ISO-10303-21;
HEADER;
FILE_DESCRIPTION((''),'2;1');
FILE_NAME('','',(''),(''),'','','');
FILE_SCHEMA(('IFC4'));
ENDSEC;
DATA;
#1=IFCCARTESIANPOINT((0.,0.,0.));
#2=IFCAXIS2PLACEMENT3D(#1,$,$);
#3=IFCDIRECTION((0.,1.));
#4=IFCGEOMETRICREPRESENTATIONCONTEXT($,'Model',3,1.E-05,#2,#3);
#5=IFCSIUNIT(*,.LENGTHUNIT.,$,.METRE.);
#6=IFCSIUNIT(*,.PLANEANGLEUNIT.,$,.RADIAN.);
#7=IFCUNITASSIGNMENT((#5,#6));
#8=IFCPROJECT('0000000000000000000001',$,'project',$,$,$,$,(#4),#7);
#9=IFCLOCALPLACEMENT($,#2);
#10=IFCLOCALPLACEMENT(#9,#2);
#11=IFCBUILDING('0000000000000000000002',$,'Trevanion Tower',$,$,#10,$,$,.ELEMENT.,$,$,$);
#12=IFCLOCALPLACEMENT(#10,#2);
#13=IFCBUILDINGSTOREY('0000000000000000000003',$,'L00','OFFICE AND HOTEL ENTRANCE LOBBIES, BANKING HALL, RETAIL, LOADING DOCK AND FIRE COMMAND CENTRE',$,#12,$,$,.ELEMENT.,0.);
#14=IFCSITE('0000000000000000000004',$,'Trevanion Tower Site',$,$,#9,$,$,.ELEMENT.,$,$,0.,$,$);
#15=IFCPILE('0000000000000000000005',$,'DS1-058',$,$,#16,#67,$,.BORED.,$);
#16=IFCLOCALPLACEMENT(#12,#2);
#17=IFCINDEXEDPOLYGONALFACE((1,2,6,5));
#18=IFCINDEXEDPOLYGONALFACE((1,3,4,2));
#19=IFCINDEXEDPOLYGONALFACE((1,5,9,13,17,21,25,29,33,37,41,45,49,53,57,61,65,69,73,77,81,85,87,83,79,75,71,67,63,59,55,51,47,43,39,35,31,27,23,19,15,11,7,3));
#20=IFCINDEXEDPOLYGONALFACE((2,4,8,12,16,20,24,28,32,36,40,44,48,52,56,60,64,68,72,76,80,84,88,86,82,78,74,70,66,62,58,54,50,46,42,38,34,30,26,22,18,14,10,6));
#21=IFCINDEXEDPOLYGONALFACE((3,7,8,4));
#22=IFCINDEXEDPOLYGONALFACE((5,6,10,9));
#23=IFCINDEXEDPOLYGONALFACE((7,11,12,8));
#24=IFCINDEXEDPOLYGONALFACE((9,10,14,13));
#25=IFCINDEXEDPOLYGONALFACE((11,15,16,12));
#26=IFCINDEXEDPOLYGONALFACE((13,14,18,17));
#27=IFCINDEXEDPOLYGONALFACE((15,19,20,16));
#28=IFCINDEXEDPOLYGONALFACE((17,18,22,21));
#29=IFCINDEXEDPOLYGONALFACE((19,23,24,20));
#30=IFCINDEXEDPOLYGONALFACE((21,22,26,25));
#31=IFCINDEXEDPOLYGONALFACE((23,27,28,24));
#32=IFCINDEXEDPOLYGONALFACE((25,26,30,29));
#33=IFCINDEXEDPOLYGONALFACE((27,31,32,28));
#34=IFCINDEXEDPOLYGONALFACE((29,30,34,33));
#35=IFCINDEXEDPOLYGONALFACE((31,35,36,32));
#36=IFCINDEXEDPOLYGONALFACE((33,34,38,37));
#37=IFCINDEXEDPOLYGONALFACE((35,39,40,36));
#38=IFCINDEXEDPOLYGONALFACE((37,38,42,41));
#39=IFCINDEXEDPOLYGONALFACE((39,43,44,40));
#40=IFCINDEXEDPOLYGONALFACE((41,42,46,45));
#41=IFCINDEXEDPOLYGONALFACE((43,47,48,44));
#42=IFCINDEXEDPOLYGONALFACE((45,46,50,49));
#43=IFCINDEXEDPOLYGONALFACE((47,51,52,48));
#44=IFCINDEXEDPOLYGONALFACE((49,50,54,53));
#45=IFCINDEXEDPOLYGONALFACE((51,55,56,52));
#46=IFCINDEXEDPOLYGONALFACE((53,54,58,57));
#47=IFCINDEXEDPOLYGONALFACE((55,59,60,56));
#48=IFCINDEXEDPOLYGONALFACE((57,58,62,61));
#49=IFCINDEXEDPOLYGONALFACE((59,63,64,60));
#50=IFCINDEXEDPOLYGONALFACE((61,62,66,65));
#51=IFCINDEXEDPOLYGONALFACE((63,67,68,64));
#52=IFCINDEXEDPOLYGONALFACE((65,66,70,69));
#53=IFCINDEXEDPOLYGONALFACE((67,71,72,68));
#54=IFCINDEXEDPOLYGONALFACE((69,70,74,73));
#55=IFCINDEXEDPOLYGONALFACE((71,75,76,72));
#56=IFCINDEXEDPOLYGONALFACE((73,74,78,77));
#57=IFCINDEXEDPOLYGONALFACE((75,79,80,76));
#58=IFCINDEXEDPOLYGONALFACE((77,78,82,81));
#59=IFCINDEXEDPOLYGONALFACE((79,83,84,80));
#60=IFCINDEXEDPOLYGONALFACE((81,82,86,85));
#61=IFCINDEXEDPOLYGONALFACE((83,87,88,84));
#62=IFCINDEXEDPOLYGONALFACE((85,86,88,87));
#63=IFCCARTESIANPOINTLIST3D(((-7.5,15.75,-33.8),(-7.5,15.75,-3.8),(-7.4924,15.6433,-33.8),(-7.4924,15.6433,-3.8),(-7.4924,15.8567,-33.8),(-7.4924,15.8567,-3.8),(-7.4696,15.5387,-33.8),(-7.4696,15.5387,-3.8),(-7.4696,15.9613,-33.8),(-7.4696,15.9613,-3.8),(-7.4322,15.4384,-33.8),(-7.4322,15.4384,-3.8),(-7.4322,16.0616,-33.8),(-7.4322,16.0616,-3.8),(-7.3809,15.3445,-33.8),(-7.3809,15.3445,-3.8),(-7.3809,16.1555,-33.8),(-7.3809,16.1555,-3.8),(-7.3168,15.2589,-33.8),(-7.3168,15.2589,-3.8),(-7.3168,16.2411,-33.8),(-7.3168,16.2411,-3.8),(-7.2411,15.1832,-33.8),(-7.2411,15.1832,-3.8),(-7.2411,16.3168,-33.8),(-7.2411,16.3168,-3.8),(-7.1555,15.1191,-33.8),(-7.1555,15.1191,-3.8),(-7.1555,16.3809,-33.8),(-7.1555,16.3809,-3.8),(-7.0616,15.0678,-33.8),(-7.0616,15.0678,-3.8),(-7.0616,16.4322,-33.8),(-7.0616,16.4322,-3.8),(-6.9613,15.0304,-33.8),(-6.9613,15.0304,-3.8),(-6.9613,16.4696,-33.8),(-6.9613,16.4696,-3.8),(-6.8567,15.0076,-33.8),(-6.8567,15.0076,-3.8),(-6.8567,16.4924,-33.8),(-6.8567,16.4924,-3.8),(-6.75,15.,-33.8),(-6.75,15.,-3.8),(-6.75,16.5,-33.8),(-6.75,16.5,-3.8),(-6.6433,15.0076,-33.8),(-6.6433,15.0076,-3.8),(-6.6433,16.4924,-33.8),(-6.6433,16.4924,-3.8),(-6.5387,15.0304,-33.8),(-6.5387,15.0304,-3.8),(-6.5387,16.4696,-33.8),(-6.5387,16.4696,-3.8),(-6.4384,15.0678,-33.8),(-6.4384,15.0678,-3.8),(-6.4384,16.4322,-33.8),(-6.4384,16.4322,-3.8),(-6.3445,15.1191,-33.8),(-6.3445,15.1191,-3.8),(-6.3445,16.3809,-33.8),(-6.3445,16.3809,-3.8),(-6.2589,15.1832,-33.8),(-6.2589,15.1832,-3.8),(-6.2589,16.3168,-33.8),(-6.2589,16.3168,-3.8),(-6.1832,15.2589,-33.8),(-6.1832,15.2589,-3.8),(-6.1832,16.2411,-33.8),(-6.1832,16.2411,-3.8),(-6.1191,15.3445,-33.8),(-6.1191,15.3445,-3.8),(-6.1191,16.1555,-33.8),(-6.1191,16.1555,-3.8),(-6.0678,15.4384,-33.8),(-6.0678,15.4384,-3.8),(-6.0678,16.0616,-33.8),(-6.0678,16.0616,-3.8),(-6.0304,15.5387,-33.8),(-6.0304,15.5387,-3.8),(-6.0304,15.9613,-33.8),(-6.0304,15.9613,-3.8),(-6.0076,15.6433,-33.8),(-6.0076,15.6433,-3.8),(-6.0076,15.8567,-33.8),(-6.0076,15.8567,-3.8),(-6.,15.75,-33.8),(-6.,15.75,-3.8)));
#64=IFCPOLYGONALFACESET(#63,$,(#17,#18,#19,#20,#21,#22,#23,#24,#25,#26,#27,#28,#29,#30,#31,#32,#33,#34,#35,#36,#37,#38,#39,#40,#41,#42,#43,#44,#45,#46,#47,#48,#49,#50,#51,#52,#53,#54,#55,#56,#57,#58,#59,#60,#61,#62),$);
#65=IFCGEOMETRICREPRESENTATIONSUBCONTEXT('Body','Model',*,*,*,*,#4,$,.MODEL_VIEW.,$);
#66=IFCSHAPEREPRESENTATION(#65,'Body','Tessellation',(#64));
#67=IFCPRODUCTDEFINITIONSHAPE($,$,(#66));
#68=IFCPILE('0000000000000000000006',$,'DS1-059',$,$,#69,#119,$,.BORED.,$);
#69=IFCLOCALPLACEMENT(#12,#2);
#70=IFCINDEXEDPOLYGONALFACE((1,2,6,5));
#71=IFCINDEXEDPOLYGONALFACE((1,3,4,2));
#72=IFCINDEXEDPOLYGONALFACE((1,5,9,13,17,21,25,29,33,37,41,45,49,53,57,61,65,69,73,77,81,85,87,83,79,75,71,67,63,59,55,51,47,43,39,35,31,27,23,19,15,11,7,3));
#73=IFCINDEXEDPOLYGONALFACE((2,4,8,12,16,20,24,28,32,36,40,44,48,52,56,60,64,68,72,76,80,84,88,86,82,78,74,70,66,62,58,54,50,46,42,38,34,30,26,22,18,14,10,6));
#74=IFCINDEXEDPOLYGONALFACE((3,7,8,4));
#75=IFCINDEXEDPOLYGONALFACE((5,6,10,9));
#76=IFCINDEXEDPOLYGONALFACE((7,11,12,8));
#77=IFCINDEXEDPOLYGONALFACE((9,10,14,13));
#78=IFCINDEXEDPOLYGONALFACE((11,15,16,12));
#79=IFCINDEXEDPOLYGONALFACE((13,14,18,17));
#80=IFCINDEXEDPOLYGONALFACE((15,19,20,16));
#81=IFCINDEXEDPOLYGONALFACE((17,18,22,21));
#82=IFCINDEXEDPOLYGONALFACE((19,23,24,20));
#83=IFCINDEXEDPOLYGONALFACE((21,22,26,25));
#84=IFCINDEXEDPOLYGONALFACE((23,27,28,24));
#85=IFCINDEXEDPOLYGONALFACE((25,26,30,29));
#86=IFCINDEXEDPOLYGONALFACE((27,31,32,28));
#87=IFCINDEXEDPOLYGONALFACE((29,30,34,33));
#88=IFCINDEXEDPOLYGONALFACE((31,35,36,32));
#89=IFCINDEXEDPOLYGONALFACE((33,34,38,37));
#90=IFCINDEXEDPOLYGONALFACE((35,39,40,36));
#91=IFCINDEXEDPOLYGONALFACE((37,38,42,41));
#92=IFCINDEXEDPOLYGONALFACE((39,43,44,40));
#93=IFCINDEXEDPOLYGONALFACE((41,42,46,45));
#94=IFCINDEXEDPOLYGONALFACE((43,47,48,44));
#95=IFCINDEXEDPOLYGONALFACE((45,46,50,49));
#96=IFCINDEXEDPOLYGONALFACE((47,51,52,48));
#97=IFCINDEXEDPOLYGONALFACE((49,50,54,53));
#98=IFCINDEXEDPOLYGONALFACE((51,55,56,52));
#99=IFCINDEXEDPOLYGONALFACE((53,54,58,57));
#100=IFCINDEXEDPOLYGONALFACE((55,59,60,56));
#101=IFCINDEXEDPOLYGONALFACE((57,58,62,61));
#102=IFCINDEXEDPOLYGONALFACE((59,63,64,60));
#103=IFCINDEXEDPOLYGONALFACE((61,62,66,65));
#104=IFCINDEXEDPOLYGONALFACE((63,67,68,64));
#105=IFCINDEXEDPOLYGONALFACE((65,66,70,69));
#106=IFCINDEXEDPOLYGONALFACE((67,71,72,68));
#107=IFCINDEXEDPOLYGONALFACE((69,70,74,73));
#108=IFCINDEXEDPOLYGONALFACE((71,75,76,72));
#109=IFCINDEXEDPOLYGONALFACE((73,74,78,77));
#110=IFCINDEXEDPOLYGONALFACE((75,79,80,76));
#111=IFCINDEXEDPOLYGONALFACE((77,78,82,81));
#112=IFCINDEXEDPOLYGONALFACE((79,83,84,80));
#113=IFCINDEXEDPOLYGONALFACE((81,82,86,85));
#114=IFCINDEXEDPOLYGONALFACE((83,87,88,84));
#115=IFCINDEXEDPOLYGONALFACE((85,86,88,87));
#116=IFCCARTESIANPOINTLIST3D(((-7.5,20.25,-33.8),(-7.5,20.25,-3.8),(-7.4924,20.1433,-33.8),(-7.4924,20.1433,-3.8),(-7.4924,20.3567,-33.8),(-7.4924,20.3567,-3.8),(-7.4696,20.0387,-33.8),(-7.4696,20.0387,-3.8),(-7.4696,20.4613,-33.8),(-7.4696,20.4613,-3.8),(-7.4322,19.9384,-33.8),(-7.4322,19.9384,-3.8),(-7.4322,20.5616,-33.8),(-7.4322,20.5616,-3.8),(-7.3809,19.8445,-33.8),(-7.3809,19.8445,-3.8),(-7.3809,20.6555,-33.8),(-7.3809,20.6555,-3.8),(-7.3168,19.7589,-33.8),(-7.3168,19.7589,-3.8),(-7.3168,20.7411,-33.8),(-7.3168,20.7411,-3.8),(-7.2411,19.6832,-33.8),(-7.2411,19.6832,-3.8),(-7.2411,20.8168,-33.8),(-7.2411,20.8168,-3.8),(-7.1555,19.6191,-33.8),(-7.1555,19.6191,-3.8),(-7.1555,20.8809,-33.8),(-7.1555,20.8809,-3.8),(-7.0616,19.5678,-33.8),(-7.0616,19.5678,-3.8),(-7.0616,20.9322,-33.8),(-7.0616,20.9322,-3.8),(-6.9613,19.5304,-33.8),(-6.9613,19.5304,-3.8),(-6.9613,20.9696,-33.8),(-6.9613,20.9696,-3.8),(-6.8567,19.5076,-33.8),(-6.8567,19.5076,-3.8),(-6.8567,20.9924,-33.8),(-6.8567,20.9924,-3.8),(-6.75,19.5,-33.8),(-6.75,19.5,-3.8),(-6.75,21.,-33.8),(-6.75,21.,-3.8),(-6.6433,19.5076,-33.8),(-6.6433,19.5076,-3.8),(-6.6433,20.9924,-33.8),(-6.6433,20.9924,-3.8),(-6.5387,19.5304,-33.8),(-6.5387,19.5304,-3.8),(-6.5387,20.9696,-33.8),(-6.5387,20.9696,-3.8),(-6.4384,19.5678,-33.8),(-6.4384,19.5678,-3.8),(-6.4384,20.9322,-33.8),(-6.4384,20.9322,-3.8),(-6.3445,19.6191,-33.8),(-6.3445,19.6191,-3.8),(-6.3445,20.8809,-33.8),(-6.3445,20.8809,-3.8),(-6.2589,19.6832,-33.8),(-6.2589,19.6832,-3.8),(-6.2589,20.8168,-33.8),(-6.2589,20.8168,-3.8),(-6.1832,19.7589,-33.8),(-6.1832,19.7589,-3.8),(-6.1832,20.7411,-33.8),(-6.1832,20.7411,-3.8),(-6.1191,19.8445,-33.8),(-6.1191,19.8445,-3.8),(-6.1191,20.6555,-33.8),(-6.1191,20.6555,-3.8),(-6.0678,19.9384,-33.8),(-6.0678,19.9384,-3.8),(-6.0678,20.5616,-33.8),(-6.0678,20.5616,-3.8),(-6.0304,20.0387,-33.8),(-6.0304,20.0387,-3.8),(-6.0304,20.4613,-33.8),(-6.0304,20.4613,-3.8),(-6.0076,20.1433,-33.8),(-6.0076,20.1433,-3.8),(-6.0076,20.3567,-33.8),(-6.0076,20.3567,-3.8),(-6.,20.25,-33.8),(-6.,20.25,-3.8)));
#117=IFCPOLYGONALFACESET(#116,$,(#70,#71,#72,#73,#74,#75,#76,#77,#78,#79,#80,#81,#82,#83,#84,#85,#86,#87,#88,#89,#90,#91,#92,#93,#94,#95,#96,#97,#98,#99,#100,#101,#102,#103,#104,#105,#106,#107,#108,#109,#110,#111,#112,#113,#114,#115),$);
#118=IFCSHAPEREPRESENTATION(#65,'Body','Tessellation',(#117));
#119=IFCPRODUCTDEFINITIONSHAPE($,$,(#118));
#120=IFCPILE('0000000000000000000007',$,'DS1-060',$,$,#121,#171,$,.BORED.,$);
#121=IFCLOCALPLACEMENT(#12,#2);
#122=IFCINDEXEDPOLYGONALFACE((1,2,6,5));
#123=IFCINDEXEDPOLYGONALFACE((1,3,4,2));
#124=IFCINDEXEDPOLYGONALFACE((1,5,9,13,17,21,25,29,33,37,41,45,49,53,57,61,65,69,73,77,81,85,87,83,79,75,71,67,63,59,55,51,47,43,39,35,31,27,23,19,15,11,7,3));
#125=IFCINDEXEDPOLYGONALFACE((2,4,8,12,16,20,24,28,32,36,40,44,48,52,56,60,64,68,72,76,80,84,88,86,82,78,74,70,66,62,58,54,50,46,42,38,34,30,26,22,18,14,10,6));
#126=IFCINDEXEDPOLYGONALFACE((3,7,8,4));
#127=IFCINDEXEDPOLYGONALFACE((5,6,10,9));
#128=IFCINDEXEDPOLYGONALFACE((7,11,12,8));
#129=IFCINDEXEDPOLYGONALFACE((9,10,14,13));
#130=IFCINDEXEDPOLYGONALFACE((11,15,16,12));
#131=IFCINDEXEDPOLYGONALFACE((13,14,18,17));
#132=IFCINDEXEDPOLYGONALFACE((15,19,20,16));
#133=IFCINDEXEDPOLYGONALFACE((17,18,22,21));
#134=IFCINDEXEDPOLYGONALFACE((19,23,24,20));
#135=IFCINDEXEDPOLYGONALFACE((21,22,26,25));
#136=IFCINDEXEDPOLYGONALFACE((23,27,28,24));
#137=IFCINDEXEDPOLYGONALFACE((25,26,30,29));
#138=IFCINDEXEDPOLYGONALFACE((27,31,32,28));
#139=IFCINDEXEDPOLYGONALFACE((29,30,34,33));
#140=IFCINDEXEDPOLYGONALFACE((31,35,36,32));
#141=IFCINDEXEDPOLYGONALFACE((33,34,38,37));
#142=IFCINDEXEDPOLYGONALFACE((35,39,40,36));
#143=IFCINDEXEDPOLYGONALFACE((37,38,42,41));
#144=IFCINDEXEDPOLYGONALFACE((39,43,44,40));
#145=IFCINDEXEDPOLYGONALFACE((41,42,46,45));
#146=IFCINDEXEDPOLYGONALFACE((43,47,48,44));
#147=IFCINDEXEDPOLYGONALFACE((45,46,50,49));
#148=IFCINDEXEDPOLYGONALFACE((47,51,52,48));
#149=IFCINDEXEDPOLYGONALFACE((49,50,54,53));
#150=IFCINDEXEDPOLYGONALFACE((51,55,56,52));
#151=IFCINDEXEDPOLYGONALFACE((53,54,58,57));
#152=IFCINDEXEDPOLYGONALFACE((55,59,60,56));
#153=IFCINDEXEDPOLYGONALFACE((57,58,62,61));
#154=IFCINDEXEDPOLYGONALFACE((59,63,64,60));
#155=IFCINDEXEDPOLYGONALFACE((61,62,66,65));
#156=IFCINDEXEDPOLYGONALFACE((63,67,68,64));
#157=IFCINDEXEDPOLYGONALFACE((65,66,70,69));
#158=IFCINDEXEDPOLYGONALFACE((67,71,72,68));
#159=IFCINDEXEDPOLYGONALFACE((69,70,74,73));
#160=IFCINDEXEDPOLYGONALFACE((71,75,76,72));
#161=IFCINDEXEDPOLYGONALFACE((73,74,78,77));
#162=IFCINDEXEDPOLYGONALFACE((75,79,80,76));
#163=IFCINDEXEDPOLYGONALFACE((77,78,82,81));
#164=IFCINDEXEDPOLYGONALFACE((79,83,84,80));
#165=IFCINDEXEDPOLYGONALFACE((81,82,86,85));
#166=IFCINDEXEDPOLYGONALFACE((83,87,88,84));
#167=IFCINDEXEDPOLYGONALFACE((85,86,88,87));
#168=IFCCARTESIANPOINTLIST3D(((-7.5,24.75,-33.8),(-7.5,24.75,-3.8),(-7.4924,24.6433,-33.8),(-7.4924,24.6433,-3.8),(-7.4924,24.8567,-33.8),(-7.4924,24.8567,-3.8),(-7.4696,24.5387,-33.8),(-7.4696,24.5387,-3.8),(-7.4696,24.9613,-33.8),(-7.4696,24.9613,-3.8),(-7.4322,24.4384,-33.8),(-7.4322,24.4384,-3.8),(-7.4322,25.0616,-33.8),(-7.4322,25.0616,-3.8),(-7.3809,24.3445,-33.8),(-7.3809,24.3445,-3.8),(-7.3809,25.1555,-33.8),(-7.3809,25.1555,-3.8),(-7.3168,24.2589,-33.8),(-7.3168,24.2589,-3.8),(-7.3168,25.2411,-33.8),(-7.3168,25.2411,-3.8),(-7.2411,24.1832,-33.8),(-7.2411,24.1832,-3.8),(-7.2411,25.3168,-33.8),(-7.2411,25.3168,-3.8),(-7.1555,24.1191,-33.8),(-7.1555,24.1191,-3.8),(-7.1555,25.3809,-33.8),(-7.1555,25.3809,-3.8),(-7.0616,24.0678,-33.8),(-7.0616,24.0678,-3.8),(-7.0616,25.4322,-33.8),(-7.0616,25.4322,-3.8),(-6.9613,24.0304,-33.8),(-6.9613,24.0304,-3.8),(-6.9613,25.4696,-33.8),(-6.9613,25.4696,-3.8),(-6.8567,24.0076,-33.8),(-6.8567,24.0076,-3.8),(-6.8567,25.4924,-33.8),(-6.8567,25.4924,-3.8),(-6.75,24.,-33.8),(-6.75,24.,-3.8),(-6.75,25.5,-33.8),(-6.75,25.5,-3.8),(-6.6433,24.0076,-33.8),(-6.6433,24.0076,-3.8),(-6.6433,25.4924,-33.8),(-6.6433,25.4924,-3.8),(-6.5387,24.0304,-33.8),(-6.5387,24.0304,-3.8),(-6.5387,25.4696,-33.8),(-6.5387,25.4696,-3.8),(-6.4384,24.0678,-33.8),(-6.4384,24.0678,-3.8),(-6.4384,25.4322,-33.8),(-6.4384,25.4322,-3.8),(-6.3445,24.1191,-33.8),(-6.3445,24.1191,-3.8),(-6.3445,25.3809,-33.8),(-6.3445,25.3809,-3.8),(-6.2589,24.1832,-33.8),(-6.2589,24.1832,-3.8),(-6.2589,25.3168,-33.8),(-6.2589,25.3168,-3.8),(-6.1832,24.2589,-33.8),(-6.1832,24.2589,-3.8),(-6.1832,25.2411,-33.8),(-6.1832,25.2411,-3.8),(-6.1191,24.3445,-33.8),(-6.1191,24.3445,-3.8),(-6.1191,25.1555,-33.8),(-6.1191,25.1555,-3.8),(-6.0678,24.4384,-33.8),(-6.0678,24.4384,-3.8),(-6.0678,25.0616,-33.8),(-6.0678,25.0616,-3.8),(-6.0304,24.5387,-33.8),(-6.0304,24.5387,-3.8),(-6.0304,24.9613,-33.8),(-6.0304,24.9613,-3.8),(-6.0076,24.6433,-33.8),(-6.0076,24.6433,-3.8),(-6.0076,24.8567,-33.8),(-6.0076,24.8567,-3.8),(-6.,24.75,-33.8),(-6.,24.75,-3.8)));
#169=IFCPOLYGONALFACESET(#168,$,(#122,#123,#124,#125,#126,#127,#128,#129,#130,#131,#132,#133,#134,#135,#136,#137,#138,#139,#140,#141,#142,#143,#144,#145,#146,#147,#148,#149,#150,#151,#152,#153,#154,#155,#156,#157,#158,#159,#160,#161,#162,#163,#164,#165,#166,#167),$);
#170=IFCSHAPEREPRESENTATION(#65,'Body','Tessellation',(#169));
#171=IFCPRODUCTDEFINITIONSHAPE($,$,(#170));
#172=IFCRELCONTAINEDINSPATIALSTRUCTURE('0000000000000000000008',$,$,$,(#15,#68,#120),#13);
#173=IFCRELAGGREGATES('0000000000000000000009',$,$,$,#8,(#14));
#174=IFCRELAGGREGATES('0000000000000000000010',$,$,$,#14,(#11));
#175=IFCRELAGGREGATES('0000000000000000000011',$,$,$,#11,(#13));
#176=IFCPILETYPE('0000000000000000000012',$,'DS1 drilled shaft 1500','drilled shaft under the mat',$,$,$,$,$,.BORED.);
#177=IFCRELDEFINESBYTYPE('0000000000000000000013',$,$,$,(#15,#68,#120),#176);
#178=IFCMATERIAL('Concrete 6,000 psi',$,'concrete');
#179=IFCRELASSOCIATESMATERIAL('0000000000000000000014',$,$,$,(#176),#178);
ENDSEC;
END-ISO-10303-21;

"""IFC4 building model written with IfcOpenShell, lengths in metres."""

from ifc_helpers import new_model, si_unit, direction, frame, origin, origin_2d, place, context, subcontext, project, spatial, circle, extrude, material, material_profile, profile_set, type_object, element, save


model = new_model("IFC4")

# Units and contexts
model_context = context("Model", 3, precision=1e-05, world=origin(), true_north=direction((0.0, 1.0)))
body_context = subcontext(model_context, "Body", "Model", "MODEL_VIEW")
ifc_project = project(units=[si_unit("LENGTHUNIT", "METRE"), si_unit("PLANEANGLEUNIT", "RADIAN")], contexts=[model_context])

# Site, building, storey
site_placement = place(None, origin())
site = spatial("IfcSite", under=ifc_project, at=site_placement, Name="Trevanion Tower Site", CompositionType="ELEMENT", RefElevation=0.0)
building_placement = place(site_placement, origin())
building = spatial("IfcBuilding", under=site, at=building_placement, Name="Trevanion Tower", CompositionType="ELEMENT")
storey_placement = place(building_placement, origin())
storey = spatial("IfcBuildingStorey", under=building, at=storey_placement, Name="L00", Description="OFFICE AND HOTEL ENTRANCE LOBBIES, BANKING HALL, RETAIL, LOADING DOCK AND FIRE COMMAND CENTRE", CompositionType="ELEMENT", Elevation=0.0)

# Piles
ifc_material_1 = material(Name="Concrete 6,000 psi", Category="concrete")
ifc_material_profile_1 = material_profile(ifc_material_1, circle(Radius=0.75, at=origin_2d()), Name="DS1 drilled shaft 1500")
ifc_profile_set_1 = profile_set([ifc_material_profile_1], Name="Concrete 6,000 psi")
pile_type = type_object("IfcPileType", Name="DS1 drilled shaft 1500", Description="drilled shaft under the mat", PredefinedType="BORED", material=ifc_profile_set_1)
for number, where, z_axis, x_axis, name in (
    (1, (-6.75, 15.75, -3.8), (0.0, 0.0, -1.0), (1.0, 0.0, 0.0), "DS1-058"),
    (2, (-6.75, 20.25, -3.8), (0.0, 0.0, -1.0), (1.0, 0.0, 0.0), "DS1-059"),
    (3, (-6.75, 24.75, -3.8), (0.0, 0.0, -1.0), (1.0, 0.0, 0.0), "DS1-060"),
):
    element("IfcPile", number, at=place(storey_placement, frame(where, z_axis=z_axis, x_axis=x_axis)), inside=storey, type_object=pile_type, Name=name, PredefinedType="BORED", context=body_context, shape_type="SweptSolid", body=[
        extrude(circle(Radius=0.75, at=origin_2d()), origin(), (0.0, 0.0, 1.0), 30.0),
    ])

save(model, "model.ifc")
